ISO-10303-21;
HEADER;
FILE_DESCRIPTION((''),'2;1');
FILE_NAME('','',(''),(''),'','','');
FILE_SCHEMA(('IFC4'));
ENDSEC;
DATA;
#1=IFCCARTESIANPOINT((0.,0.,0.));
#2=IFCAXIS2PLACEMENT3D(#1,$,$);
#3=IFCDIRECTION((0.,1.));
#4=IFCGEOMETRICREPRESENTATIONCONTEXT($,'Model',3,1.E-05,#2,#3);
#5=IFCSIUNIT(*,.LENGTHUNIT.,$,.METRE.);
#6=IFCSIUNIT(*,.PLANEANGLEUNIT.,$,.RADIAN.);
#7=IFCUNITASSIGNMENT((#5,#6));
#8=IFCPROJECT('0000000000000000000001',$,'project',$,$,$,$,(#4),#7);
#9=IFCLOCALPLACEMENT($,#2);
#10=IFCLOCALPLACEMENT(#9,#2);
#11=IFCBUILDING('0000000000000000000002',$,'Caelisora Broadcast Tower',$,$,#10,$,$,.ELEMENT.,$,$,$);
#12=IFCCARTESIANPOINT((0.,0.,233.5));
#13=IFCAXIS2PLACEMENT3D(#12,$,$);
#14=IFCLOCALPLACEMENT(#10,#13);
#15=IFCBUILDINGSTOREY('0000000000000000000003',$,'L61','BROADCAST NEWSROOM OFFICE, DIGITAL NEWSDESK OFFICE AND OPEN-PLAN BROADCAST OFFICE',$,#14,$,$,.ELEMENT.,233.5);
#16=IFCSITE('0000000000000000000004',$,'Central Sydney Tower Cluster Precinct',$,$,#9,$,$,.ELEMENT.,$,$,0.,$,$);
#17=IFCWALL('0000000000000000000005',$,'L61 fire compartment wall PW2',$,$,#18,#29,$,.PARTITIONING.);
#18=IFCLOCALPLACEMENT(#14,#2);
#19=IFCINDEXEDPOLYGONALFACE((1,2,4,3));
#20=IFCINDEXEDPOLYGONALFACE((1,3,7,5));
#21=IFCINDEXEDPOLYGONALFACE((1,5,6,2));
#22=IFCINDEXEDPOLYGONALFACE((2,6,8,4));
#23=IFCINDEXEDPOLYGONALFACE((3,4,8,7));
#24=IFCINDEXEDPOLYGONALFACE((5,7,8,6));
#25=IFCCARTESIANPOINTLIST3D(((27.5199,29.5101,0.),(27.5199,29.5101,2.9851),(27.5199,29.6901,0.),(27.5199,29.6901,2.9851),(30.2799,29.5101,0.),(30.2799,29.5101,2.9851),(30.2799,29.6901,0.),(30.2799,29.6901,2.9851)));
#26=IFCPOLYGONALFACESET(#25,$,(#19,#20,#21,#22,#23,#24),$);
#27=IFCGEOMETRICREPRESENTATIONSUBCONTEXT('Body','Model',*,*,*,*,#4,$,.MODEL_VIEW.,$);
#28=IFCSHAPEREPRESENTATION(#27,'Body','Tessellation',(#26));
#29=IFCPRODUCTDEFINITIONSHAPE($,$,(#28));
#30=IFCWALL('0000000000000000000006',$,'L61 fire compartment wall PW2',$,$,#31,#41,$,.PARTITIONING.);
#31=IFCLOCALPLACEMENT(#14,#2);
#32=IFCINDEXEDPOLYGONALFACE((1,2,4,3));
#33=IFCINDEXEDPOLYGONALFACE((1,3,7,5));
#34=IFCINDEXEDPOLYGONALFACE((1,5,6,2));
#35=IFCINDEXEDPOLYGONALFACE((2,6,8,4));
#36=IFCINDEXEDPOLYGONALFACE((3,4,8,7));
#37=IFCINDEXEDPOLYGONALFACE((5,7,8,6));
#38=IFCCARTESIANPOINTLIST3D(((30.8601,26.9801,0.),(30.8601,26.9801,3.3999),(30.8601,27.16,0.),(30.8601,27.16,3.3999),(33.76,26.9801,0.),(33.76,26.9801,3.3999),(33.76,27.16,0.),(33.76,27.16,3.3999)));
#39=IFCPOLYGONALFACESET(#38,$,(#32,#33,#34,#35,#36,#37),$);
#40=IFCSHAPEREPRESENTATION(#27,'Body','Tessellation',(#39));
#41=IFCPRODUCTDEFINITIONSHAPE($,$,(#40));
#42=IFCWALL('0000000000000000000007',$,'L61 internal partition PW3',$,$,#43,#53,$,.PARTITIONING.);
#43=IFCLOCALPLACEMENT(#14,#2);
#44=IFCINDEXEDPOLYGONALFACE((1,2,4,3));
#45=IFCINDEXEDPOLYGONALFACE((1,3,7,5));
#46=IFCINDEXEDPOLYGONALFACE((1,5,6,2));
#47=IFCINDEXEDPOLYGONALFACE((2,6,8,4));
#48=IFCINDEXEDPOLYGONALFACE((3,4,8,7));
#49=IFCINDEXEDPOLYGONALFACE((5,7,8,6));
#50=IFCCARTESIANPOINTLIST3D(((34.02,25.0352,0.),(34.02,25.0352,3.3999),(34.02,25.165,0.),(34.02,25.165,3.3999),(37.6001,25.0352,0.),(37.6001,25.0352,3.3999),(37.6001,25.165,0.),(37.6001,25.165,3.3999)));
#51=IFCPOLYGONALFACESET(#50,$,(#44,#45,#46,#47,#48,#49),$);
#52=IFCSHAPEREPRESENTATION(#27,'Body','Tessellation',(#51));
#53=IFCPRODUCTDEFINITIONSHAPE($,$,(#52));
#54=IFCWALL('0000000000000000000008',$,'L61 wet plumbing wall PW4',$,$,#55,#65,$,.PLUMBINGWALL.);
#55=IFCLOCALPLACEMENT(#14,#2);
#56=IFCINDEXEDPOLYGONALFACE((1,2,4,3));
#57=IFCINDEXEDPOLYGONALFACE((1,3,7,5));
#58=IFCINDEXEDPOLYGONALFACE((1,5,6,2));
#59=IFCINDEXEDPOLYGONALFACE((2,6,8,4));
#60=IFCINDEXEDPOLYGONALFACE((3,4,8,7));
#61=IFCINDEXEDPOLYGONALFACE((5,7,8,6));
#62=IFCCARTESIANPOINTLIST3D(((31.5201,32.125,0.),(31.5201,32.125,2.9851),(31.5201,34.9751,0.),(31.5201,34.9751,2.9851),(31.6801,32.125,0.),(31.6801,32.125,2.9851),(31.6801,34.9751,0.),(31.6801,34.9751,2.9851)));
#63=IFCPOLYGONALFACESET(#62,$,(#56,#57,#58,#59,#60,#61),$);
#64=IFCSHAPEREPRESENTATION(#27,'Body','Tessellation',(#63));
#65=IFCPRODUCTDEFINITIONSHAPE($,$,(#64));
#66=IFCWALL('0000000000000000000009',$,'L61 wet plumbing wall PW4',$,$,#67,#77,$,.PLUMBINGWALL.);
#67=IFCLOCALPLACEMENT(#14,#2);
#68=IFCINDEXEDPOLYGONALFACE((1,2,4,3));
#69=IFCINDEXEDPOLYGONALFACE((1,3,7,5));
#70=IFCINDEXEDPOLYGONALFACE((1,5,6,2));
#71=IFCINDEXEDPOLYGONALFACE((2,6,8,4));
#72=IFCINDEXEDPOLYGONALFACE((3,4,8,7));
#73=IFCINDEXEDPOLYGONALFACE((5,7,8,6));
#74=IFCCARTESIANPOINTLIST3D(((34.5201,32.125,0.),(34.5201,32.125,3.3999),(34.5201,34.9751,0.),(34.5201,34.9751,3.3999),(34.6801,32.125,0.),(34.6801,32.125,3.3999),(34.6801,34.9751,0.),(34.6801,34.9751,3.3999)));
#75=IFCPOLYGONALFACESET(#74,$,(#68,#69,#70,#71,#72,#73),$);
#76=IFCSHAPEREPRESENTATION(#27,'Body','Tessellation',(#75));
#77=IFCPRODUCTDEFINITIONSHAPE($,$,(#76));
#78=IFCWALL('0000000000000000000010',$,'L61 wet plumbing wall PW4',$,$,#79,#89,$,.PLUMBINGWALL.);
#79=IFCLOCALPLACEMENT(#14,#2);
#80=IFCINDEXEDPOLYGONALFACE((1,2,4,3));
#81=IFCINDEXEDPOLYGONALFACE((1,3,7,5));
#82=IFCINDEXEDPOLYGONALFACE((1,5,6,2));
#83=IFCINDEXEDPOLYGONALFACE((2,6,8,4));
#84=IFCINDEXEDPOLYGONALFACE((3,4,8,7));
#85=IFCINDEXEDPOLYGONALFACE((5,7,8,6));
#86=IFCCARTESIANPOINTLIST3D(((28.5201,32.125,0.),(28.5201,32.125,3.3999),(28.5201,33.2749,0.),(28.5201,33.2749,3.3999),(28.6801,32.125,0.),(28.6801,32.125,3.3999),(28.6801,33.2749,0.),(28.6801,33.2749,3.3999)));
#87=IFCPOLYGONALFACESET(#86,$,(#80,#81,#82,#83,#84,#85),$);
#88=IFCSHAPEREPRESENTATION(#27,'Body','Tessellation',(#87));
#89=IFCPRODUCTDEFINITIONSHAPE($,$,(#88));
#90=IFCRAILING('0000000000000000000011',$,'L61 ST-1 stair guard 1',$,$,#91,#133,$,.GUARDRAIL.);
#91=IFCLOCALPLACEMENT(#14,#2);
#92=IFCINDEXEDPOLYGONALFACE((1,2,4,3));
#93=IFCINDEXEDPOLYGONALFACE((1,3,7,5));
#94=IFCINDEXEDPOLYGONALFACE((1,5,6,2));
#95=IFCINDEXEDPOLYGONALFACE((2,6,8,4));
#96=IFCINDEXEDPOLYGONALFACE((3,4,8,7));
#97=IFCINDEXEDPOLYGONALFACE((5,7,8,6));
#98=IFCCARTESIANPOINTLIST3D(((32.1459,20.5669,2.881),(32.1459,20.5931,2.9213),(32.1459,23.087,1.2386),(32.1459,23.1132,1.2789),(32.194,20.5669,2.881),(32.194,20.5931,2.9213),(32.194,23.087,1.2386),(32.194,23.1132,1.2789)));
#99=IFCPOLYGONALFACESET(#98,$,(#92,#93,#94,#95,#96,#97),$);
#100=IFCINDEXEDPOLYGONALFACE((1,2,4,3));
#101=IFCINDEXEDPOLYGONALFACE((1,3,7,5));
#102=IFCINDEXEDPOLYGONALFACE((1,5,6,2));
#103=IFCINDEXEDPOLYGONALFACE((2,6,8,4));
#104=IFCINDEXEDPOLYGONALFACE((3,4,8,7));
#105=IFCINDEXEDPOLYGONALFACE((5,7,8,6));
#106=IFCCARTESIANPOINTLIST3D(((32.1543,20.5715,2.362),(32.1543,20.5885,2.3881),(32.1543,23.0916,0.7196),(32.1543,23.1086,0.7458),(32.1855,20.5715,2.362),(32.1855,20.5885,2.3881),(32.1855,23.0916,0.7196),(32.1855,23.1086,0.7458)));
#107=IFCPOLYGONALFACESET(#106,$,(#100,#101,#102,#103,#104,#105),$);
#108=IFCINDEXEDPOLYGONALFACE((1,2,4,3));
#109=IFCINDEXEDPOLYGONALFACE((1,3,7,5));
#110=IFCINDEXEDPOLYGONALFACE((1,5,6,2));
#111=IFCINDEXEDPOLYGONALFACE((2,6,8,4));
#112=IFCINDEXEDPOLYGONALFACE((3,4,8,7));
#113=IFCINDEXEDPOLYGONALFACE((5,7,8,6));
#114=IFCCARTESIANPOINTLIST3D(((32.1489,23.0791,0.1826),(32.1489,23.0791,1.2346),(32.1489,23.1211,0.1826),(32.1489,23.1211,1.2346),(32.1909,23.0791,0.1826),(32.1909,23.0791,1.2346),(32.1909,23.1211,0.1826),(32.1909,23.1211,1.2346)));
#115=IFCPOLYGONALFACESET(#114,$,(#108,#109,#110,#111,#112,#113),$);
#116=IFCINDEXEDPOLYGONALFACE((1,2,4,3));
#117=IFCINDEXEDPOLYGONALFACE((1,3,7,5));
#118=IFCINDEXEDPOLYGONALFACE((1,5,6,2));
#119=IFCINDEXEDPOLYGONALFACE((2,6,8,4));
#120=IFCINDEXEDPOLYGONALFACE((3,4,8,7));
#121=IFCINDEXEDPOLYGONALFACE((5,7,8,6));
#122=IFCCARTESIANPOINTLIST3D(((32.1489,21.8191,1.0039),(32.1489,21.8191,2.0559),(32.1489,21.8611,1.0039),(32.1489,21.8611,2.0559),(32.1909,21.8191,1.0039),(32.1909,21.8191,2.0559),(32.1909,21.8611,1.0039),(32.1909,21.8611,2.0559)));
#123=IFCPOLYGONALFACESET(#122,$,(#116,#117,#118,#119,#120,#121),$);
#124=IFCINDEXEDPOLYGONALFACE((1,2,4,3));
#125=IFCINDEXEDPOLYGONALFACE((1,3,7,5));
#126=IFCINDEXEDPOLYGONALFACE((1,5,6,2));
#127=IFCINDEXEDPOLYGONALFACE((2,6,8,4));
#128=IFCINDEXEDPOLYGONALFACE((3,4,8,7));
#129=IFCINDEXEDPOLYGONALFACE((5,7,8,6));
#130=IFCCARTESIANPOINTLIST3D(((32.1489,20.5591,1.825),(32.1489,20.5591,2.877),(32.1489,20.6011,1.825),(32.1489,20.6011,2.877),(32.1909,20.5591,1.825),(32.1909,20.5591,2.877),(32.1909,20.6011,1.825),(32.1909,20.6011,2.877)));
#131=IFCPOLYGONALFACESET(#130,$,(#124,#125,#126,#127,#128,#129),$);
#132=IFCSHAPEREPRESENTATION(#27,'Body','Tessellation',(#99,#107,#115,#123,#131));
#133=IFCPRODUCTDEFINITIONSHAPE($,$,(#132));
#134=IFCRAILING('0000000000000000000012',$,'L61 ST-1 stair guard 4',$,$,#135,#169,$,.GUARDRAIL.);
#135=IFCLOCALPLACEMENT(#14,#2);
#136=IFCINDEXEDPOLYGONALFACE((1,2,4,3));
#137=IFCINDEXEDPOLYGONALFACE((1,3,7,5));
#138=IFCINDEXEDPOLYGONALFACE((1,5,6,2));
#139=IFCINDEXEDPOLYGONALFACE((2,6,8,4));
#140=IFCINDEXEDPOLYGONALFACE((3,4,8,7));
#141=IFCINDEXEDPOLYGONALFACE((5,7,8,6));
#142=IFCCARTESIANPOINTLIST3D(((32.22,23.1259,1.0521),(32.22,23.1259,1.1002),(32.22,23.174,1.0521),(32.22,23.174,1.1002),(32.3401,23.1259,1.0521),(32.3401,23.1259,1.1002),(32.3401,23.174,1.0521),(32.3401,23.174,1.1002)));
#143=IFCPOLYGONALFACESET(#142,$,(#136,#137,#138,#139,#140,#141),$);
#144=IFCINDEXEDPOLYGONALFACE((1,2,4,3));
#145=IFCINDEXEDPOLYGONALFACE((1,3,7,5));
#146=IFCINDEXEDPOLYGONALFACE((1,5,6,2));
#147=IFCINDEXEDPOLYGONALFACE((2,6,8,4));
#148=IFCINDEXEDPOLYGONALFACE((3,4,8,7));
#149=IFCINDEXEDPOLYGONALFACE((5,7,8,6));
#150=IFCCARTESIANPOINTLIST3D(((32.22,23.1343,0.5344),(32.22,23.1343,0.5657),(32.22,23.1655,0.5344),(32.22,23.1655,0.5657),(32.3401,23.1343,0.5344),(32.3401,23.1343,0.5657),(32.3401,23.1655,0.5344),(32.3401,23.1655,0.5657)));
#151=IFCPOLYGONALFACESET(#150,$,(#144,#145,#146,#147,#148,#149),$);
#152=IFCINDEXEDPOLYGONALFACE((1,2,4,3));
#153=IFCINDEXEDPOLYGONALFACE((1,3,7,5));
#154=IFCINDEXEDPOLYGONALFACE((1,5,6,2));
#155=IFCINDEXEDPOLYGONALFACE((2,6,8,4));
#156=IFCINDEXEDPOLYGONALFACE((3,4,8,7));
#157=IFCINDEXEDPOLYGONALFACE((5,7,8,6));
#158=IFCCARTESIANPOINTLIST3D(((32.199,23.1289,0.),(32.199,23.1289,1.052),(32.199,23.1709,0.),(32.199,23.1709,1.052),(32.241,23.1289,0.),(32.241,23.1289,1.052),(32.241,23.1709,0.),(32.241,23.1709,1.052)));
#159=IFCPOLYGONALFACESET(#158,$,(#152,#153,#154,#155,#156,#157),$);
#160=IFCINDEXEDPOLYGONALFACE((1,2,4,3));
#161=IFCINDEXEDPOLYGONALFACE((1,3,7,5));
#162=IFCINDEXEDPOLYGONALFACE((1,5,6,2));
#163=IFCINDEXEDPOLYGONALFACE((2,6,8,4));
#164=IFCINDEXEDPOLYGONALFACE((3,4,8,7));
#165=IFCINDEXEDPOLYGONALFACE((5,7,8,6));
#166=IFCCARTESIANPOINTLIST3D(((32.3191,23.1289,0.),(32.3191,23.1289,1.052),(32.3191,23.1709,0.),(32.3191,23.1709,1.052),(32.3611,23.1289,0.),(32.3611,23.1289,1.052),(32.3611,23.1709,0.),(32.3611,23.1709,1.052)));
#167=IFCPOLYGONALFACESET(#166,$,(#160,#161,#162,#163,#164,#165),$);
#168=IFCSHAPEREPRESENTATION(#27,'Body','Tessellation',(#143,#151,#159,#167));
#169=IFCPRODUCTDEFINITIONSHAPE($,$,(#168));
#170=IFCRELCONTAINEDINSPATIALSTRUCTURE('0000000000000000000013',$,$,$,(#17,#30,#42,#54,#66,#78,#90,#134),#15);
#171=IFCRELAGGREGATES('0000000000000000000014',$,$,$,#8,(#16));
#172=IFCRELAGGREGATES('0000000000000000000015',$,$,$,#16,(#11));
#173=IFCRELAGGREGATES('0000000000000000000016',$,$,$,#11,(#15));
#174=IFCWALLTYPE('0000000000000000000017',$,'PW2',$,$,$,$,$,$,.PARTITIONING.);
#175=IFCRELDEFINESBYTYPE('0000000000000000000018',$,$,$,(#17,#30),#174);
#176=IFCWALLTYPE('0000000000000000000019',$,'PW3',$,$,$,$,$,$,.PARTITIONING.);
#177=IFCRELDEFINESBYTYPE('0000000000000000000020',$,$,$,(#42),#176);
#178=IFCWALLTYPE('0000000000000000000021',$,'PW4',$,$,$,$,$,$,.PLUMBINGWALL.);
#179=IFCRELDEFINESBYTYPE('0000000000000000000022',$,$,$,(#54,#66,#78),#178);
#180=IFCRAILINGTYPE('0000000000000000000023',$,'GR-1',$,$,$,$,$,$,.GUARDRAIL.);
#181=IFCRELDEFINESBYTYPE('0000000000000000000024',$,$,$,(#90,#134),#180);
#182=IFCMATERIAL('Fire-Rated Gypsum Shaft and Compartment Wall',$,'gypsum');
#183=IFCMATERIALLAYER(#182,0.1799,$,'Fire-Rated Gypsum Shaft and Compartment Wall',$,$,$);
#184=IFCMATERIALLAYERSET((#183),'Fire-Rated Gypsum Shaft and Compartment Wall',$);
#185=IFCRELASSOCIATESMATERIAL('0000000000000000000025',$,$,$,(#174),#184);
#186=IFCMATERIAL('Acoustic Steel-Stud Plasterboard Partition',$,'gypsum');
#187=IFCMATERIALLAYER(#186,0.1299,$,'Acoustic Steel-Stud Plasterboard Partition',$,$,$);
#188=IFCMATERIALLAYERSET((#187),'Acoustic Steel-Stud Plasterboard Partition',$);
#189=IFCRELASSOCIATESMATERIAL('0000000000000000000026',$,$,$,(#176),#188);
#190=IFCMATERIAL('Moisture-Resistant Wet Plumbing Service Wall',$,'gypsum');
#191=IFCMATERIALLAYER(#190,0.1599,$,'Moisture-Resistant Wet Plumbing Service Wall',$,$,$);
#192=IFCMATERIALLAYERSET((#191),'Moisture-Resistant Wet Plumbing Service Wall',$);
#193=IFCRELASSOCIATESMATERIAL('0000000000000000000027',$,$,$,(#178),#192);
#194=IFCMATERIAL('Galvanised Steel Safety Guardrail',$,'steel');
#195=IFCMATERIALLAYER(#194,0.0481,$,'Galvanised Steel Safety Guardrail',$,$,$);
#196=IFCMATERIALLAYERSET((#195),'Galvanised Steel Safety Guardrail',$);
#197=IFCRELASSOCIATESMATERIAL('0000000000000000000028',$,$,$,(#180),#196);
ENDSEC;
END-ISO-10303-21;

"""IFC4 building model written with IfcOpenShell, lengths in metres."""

from ifc_helpers import new_model, si_unit, direction, frame, frame_2d, origin, origin_2d, place, context, subcontext, project, spatial, rectangle, extrude, material, layer, layer_set, type_object, element, save


model = new_model("IFC4")

# Units and contexts
model_context = context("Model", 3, precision=1e-05, world=origin(), true_north=direction((0.0, 1.0)))
body_context = subcontext(model_context, "Body", "Model", "MODEL_VIEW")
ifc_project = project(units=[si_unit("LENGTHUNIT", "METRE"), si_unit("PLANEANGLEUNIT", "RADIAN")], contexts=[model_context])

# Site, building, storey
site_placement = place(None, origin())
site = spatial("IfcSite", under=ifc_project, at=site_placement, Name="Central Sydney Tower Cluster Precinct", CompositionType="ELEMENT", RefElevation=0.0)
building_placement = place(site_placement, origin())
building = spatial("IfcBuilding", under=site, at=building_placement, Name="Caelisora Broadcast Tower", CompositionType="ELEMENT")
storey_placement = place(building_placement, frame((0.0, 0.0, 233.5)))
storey = spatial("IfcBuildingStorey", under=building, at=storey_placement, Name="L61", Description="BROADCAST NEWSROOM OFFICE, DIGITAL NEWSDESK OFFICE AND OPEN-PLAN BROADCAST OFFICE", CompositionType="ELEMENT", Elevation=233.5)

# Shared definitions
ifc_material_1 = material(Name="Fire-Rated Gypsum Shaft and Compartment Wall", Category="gypsum")
ifc_layer_1 = layer(ifc_material_1, 0.1799, Name="Fire-Rated Gypsum Shaft and Compartment Wall")
ifc_layer_set_1 = layer_set([ifc_layer_1], Name="Fire-Rated Gypsum Shaft and Compartment Wall")
wall_type_1 = type_object("IfcWallType", Name="PW2", PredefinedType="PARTITIONING", material=ifc_layer_set_1)

# Walls
wall_1_placement = place(storey_placement, frame((27.52, 29.6001, 0.0), z_axis=(0.0, 0.0, 1.0), x_axis=(1.0, 0.0, 0.0)))
element("IfcWall", 1, at=wall_1_placement, inside=storey, type_object=wall_type_1, Name="L61 fire compartment wall PW2", PredefinedType="PARTITIONING", context=body_context, shape_type="SweptSolid", body=[
    extrude(rectangle(XDim=2.76, YDim=0.1799, at=frame_2d((1.3799, 0.0))), origin(), (0.0, 0.0, 1.0), 2.9851),
])
wall_2_placement = place(storey_placement, frame((30.8601, 27.0701, 0.0), z_axis=(0.0, 0.0, 1.0), x_axis=(1.0, 0.0, 0.0)))
element("IfcWall", 2, at=wall_2_placement, inside=storey, type_object=wall_type_1, Name="L61 fire compartment wall PW2", PredefinedType="PARTITIONING", context=body_context, shape_type="SweptSolid", body=[
    extrude(rectangle(XDim=2.8999, YDim=0.1799, at=frame_2d((1.45, 0.0))), origin(), (0.0, 0.0, 1.0), 3.3999),
])
ifc_material_2 = material(Name="Acoustic Steel-Stud Plasterboard Partition", Category="gypsum")
ifc_layer_2 = layer(ifc_material_2, 0.1299, Name="Acoustic Steel-Stud Plasterboard Partition")
ifc_layer_set_2 = layer_set([ifc_layer_2], Name="Acoustic Steel-Stud Plasterboard Partition")
wall_type_2 = type_object("IfcWallType", Name="PW3", PredefinedType="PARTITIONING", material=ifc_layer_set_2)
wall_3_placement = place(storey_placement, frame((34.02, 25.1001, 0.0), z_axis=(0.0, 0.0, 1.0), x_axis=(1.0, 0.0, 0.0)))
element("IfcWall", 3, at=wall_3_placement, inside=storey, type_object=wall_type_2, Name="L61 internal partition PW3", PredefinedType="PARTITIONING", context=body_context, shape_type="SweptSolid", body=[
    extrude(rectangle(XDim=3.5801, YDim=0.1299, at=frame_2d((1.79, 0.0))), origin(), (0.0, 0.0, 1.0), 3.3999),
])
ifc_material_3 = material(Name="Moisture-Resistant Wet Plumbing Service Wall", Category="gypsum")
ifc_layer_3 = layer(ifc_material_3, 0.1599, Name="Moisture-Resistant Wet Plumbing Service Wall")
ifc_layer_set_3 = layer_set([ifc_layer_3], Name="Moisture-Resistant Wet Plumbing Service Wall")
wall_type_3 = type_object("IfcWallType", Name="PW4", PredefinedType="PLUMBINGWALL", material=ifc_layer_set_3)
wall_4_placement = place(storey_placement, frame((31.6001, 32.125, 0.0), z_axis=(0.0, 0.0, 1.0), x_axis=(0.0, 1.0, 0.0)))
element("IfcWall", 4, at=wall_4_placement, inside=storey, type_object=wall_type_3, Name="L61 wet plumbing wall PW4", PredefinedType="PLUMBINGWALL", context=body_context, shape_type="SweptSolid", body=[
    extrude(rectangle(XDim=2.8501, YDim=0.1599, at=frame_2d((1.425, 0.0))), origin(), (0.0, 0.0, 1.0), 2.9851),
])
wall_5_placement = place(storey_placement, frame((34.6001, 32.125, 0.0), z_axis=(0.0, 0.0, 1.0), x_axis=(0.0, 1.0, 0.0)))
element("IfcWall", 5, at=wall_5_placement, inside=storey, type_object=wall_type_3, Name="L61 wet plumbing wall PW4", PredefinedType="PLUMBINGWALL", context=body_context, shape_type="SweptSolid", body=[
    extrude(rectangle(XDim=2.8501, YDim=0.1599, at=frame_2d((1.425, 0.0))), origin(), (0.0, 0.0, 1.0), 3.3999),
])
wall_6_placement = place(storey_placement, frame((28.6001, 32.125, 0.0), z_axis=(0.0, 0.0, 1.0), x_axis=(0.0, 1.0, 0.0)))
element("IfcWall", 6, at=wall_6_placement, inside=storey, type_object=wall_type_3, Name="L61 wet plumbing wall PW4", PredefinedType="PLUMBINGWALL", context=body_context, shape_type="SweptSolid", body=[
    extrude(rectangle(XDim=1.1499, YDim=0.1599, at=frame_2d((0.575, 0.0))), origin(), (0.0, 0.0, 1.0), 3.3999),
])

# Railings
ifc_material_4 = material(Name="Galvanised Steel Safety Guardrail", Category="steel")
ifc_layer_4 = layer(ifc_material_4, 0.0481, Name="Galvanised Steel Safety Guardrail")
ifc_layer_set_4 = layer_set([ifc_layer_4], Name="Galvanised Steel Safety Guardrail")
railing_type = type_object("IfcRailingType", Name="GR-1", PredefinedType="GUARDRAIL", material=ifc_layer_set_4)
railing_1_placement = place(storey_placement, frame((32.1699, 23.1001, 0.1826)))
element("IfcRailing", 7, at=railing_1_placement, inside=storey, type_object=railing_type, Name="L61 ST-1 stair guard 1", PredefinedType="GUARDRAIL", context=body_context, shape_type="SweptSolid", body=[
    extrude(rectangle(XDim=0.0481, YDim=0.0481, at=origin_2d()), frame((0.0, 0.0, 1.0762), z_axis=(0.0, -0.837787, 0.545998), x_axis=(1.0, 0.0, 0.0)), (0.0, 0.0, 1.0), 3.0081),
    extrude(rectangle(XDim=0.0312, YDim=0.0312, at=origin_2d()), frame((0.0, 0.0, 0.55), z_axis=(0.0, -0.837787, 0.545998), x_axis=(1.0, 0.0, 0.0)), (0.0, 0.0, 1.0), 3.0081),
    extrude(rectangle(XDim=0.042, YDim=0.042, at=origin_2d()), origin(), (0.0, 0.0, 1.0), 1.052),
    extrude(rectangle(XDim=0.042, YDim=0.042, at=origin_2d()), frame((0.0, -1.26, 0.8213)), (0.0, 0.0, 1.0), 1.052),
    extrude(rectangle(XDim=0.042, YDim=0.042, at=origin_2d()), frame((0.0, -2.52, 1.6423)), (0.0, 0.0, 1.0), 1.052),
])
railing_2_placement = place(storey_placement, frame((32.22, 23.1499, 0.0)))
element("IfcRailing", 8, at=railing_2_placement, inside=storey, type_object=railing_type, Name="L61 ST-1 stair guard 4", PredefinedType="GUARDRAIL", context=body_context, shape_type="SweptSolid", body=[
    extrude(rectangle(XDim=0.0481, YDim=0.0481, at=origin_2d()), frame((0.0, 0.0, 1.0762), z_axis=(1.0, 0.0, 0.0), x_axis=(0.0, 1.0, 0.0)), (0.0, 0.0, 1.0), 0.1201),
    extrude(rectangle(XDim=0.0312, YDim=0.0312, at=origin_2d()), frame((0.0, 0.0, 0.55), z_axis=(1.0, 0.0, 0.0), x_axis=(0.0, 1.0, 0.0)), (0.0, 0.0, 1.0), 0.1201),
    extrude(rectangle(XDim=0.042, YDim=0.042, at=origin_2d()), origin(), (0.0, 0.0, 1.0), 1.052),
    extrude(rectangle(XDim=0.042, YDim=0.042, at=origin_2d()), frame((0.1201, 0.0, 0.0)), (0.0, 0.0, 1.0), 1.052),
])

save(model, "model.ifc")
